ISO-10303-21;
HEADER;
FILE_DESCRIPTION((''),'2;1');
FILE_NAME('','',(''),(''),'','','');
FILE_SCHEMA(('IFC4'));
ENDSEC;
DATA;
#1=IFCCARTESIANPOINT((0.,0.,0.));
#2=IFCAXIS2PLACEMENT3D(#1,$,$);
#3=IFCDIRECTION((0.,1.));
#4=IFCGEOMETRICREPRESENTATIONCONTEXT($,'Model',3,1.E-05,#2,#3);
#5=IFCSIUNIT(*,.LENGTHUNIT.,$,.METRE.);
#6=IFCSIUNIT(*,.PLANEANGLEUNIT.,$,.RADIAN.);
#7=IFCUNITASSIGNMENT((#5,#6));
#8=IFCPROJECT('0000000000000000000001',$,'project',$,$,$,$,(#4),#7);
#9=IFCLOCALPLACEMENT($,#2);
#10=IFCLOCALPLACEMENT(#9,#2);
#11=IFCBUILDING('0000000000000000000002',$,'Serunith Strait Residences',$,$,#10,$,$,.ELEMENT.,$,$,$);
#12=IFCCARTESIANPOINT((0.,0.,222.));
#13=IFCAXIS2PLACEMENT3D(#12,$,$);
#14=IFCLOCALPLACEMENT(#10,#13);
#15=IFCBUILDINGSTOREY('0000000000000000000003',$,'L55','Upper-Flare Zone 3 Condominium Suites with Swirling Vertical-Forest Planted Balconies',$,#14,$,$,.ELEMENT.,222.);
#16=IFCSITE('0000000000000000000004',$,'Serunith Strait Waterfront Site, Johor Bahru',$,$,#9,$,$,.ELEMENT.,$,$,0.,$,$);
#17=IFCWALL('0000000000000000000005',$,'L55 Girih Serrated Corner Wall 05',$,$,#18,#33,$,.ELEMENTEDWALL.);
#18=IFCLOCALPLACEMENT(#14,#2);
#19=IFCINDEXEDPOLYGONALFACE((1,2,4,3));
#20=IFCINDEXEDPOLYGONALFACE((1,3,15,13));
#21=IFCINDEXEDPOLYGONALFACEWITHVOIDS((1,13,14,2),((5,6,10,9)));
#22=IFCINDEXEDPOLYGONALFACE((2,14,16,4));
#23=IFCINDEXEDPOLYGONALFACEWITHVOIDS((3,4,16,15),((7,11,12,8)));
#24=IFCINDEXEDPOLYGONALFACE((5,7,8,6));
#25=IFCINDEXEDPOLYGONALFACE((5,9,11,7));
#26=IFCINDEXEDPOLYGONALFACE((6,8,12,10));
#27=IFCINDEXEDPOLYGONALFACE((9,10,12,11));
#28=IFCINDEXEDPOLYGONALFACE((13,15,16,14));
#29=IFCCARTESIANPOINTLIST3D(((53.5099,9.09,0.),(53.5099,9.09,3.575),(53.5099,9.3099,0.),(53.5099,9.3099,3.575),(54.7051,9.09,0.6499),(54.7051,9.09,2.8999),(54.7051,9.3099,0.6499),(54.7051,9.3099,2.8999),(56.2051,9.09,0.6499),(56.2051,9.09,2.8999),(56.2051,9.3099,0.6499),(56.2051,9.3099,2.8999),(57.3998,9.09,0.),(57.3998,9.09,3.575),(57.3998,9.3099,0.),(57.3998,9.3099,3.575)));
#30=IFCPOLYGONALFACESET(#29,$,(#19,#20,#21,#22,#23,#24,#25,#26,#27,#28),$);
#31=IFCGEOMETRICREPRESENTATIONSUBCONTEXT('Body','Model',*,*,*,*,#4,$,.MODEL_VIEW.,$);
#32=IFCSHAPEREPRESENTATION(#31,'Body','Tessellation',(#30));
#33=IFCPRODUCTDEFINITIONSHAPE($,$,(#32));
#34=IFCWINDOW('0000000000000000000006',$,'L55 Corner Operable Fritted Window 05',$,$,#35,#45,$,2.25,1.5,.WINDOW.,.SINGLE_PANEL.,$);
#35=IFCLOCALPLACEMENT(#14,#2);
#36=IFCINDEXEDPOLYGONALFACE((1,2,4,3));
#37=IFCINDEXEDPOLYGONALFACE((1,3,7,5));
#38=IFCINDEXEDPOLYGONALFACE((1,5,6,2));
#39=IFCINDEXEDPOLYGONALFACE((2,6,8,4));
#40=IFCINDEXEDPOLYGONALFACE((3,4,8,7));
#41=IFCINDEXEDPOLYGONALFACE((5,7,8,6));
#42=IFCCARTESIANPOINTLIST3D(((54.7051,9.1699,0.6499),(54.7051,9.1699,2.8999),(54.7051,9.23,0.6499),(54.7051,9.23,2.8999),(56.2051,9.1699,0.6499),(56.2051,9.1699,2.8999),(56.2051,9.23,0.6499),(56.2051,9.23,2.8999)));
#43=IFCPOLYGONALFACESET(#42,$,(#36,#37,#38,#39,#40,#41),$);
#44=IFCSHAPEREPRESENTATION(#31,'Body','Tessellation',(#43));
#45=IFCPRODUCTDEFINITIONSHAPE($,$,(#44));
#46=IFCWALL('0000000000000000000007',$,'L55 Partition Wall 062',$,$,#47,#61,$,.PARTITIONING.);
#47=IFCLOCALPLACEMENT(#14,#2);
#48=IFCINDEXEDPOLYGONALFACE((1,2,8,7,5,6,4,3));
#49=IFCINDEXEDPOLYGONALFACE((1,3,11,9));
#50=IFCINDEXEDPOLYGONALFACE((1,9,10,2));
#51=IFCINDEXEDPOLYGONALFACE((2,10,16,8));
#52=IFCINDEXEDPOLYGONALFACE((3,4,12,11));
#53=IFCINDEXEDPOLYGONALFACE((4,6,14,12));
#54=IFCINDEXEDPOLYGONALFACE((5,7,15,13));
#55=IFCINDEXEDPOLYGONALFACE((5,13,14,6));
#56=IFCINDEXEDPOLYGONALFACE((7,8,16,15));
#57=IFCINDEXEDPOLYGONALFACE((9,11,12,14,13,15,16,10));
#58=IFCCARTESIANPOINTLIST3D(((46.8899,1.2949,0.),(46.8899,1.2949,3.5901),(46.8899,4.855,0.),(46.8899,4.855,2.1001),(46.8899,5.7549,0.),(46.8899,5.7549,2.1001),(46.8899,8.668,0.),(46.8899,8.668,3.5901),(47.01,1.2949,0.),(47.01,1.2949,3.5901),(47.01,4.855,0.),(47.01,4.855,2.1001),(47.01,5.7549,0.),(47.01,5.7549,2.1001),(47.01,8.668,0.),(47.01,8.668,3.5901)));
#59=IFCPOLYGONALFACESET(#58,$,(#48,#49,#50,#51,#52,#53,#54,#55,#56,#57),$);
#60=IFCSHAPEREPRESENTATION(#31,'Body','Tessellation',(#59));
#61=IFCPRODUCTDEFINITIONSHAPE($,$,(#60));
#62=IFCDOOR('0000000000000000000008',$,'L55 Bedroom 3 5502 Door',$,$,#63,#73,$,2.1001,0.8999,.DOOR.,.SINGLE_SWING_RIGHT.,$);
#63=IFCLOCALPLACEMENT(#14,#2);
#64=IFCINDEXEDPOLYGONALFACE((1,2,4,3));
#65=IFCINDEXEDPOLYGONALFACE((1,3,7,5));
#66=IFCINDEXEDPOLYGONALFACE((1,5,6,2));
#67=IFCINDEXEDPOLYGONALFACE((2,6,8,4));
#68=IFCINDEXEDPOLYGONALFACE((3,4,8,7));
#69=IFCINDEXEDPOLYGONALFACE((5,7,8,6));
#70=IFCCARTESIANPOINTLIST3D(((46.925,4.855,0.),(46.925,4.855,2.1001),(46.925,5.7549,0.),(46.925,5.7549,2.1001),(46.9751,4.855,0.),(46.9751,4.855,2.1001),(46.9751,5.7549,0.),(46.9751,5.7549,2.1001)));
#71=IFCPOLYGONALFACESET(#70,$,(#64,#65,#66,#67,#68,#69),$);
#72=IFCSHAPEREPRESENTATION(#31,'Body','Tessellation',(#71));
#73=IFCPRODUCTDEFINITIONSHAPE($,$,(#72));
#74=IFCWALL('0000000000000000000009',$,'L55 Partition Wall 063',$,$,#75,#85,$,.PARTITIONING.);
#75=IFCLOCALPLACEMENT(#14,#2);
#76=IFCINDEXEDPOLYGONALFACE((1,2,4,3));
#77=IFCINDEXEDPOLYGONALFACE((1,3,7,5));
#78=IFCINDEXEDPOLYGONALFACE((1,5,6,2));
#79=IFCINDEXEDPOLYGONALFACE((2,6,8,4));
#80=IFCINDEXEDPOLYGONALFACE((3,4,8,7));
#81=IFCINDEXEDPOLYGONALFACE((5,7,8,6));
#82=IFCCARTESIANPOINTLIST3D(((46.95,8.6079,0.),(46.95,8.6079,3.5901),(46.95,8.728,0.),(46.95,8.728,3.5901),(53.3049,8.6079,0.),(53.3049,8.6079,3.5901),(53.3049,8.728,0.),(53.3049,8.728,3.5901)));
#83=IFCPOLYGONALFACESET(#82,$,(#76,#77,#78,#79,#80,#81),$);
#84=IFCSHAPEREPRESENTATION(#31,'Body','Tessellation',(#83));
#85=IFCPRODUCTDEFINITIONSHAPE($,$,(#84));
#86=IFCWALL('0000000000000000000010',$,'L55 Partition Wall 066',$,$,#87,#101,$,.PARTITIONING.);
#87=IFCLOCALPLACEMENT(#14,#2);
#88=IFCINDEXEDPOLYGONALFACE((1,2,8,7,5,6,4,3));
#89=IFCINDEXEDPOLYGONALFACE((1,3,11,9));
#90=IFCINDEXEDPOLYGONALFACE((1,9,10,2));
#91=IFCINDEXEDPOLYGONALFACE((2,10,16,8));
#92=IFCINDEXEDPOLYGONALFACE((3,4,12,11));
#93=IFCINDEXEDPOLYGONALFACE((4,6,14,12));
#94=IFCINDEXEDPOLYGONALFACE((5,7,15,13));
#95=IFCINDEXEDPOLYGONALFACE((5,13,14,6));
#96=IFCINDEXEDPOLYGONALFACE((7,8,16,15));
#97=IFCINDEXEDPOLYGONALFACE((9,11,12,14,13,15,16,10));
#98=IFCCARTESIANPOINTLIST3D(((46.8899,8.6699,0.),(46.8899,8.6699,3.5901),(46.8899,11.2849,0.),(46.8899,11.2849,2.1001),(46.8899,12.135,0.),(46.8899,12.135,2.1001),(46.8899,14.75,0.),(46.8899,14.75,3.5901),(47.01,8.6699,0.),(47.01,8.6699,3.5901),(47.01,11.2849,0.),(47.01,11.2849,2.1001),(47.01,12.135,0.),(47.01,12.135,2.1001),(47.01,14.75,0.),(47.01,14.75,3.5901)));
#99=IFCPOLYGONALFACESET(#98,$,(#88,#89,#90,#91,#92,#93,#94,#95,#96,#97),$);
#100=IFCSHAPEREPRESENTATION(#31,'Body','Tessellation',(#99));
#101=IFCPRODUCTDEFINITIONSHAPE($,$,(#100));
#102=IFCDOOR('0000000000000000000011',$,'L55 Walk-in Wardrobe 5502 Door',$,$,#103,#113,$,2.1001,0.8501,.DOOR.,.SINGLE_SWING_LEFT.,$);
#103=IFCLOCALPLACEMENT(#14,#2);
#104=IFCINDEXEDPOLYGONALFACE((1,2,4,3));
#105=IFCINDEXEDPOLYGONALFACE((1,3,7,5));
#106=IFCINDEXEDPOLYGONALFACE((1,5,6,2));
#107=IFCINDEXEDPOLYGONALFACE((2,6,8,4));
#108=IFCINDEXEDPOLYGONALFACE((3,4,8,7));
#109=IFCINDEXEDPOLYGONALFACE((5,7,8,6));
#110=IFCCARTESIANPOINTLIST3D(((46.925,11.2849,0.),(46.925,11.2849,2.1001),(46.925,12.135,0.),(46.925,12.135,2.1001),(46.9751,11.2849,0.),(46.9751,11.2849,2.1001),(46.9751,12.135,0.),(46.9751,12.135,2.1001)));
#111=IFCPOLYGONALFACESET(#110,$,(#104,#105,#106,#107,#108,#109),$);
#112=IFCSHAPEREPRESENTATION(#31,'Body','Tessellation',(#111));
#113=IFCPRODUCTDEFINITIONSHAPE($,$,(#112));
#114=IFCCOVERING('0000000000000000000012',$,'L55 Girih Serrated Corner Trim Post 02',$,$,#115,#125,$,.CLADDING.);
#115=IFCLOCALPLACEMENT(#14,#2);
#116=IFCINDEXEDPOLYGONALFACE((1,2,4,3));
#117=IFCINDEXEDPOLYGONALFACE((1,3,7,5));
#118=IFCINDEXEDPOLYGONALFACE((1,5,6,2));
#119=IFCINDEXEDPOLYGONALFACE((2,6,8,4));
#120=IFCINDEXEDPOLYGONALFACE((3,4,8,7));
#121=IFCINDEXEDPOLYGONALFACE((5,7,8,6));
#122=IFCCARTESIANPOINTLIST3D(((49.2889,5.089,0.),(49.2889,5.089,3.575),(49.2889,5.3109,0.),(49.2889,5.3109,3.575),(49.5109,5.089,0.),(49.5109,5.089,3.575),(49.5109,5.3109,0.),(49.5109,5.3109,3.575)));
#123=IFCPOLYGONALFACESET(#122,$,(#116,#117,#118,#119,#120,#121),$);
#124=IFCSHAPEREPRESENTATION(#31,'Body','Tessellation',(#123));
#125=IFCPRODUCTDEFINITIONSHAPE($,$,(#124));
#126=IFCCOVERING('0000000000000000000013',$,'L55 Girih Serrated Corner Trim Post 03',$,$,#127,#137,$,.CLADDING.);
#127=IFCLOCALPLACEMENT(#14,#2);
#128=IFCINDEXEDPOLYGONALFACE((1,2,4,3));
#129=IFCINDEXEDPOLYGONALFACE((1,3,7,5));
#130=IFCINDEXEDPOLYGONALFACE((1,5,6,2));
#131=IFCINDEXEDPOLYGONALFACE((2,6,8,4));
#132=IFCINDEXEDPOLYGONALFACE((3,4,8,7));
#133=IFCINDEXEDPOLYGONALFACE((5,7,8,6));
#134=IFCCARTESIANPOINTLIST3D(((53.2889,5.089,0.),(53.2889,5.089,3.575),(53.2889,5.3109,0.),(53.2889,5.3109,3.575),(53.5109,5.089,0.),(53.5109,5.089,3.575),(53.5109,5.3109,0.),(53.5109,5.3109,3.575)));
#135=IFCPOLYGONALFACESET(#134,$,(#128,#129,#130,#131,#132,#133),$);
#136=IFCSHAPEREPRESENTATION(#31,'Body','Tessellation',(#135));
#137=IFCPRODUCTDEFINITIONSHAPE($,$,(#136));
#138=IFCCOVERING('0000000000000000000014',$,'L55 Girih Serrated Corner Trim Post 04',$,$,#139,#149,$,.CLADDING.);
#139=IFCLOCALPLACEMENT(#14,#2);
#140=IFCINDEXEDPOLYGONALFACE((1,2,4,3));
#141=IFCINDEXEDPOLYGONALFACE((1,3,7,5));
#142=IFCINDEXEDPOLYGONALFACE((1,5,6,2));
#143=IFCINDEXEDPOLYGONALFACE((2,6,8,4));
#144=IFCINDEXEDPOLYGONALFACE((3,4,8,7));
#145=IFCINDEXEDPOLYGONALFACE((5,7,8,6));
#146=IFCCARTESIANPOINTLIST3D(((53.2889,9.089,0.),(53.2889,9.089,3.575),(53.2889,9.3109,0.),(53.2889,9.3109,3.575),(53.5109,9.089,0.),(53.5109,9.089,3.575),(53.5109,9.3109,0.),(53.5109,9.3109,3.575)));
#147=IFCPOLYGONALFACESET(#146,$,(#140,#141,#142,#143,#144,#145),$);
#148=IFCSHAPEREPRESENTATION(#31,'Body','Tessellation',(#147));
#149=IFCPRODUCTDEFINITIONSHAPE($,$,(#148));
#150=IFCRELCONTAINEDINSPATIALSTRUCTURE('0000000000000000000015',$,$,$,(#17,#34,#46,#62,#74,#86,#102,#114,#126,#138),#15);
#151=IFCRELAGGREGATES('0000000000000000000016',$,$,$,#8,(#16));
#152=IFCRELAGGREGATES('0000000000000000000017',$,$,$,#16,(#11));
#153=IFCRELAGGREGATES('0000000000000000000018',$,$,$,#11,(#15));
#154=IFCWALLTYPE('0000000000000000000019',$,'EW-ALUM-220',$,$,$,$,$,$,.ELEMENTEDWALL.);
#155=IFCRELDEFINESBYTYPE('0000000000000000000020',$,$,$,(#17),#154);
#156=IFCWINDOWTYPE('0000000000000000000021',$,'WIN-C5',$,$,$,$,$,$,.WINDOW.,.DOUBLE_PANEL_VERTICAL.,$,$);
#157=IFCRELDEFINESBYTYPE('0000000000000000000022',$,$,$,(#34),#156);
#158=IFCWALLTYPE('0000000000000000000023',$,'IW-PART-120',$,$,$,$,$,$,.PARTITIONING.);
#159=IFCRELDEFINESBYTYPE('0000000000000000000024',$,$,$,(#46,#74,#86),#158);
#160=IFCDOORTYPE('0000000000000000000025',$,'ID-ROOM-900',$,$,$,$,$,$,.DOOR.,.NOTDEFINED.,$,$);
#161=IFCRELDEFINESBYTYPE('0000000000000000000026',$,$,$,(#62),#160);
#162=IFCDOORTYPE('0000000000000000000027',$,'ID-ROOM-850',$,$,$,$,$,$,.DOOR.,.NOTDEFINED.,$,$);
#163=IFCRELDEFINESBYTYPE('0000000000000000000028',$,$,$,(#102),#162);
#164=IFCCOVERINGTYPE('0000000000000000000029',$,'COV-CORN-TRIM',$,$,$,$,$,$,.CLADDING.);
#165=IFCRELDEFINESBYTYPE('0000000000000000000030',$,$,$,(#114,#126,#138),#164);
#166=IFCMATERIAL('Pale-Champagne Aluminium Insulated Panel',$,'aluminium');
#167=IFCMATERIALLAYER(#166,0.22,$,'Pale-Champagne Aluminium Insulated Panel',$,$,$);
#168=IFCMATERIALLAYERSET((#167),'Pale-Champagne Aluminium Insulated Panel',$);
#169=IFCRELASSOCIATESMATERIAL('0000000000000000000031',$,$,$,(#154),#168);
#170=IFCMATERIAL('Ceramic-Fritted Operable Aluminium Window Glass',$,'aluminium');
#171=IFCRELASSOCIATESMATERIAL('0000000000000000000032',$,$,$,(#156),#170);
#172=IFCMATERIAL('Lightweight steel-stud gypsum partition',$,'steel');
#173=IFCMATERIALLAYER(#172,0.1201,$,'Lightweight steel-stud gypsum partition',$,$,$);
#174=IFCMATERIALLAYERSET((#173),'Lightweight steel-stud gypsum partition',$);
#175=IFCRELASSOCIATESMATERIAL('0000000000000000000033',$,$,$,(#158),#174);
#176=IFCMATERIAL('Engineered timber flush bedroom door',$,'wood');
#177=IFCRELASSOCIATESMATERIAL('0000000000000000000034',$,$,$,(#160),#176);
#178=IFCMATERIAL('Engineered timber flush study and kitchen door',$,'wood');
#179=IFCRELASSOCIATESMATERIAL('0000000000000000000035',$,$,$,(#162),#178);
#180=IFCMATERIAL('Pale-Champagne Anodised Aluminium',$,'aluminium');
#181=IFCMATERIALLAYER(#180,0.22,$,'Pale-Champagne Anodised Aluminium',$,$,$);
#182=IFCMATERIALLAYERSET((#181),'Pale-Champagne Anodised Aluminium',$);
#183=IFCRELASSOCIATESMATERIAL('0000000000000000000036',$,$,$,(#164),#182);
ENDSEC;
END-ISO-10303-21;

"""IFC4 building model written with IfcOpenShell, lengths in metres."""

from ifc_helpers import new_model, si_unit, direction, frame, frame_2d, origin, origin_2d, place, context, subcontext, project, spatial, rectangle, extrude, source, transform, mapped, material, layer, layer_set, type_object, element, fill, save


model = new_model("IFC4")

# Units and contexts
model_context = context("Model", 3, precision=1e-05, world=origin(), true_north=direction((0.0, 1.0)))
body_context = subcontext(model_context, "Body", "Model", "MODEL_VIEW")
ifc_project = project(units=[si_unit("LENGTHUNIT", "METRE"), si_unit("PLANEANGLEUNIT", "RADIAN")], contexts=[model_context])

# Site, building, storey
site_placement = place(None, origin())
site = spatial("IfcSite", under=ifc_project, at=site_placement, Name="Serunith Strait Waterfront Site, Johor Bahru", CompositionType="ELEMENT", RefElevation=0.0)
building_placement = place(site_placement, origin())
building = spatial("IfcBuilding", under=site, at=building_placement, Name="Serunith Strait Residences", CompositionType="ELEMENT")
storey_placement = place(building_placement, frame((0.0, 0.0, 222.0)))
storey = spatial("IfcBuildingStorey", under=building, at=storey_placement, Name="L55", Description="Upper-Flare Zone 3 Condominium Suites with Swirling Vertical-Forest Planted Balconies", CompositionType="ELEMENT", Elevation=222.0)

# Shared definitions
ifc_material_1 = material(Name="Pale-Champagne Anodised Aluminium", Category="aluminium")

# Wall, opening, window
ifc_material_2 = material(Name="Pale-Champagne Aluminium Insulated Panel", Category="aluminium")
ifc_layer_1 = layer(ifc_material_2, 0.22, Name="Pale-Champagne Aluminium Insulated Panel")
ifc_layer_set_1 = layer_set([ifc_layer_1], Name="Pale-Champagne Aluminium Insulated Panel")
wall_type_1 = type_object("IfcWallType", Name="EW-ALUM-220", PredefinedType="ELEMENTEDWALL", material=ifc_layer_set_1)
ifc_material_3 = material(Name="Ceramic-Fritted Operable Aluminium Window Glass", Category="aluminium")
window_type = type_object("IfcWindowType", Name="WIN-C5", PartitioningType="DOUBLE_PANEL_VERTICAL", PredefinedType="WINDOW", material=ifc_material_3)
shared_shape_1 = source(origin(), body_context, "Body", "SweptSolid", [
    extrude(rectangle(XDim=1.5, YDim=2.25, at=frame_2d((0.75, 1.125))), frame((0.0, 0.03, 0.0), z_axis=(0.0, -1.0, 0.0), x_axis=(1.0, 0.0, 0.0)), (0.0, 0.0, 1.0), 0.0601),
])
wall_1_placement = place(storey_placement, frame((53.51, 9.2, 0.0), z_axis=(0.0, 0.0, 1.0), x_axis=(1.0, 0.0, 0.0)))
wall_1 = element("IfcWall", 1, at=wall_1_placement, inside=storey, type_object=wall_type_1, Name="L55 Girih Serrated Corner Wall 05", PredefinedType="ELEMENTEDWALL", context=body_context, shape_type="SweptSolid", body=[
    extrude(rectangle(XDim=3.8899, YDim=0.22, at=frame_2d((1.9448, 0.0))), origin(), (0.0, 0.0, 1.0), 3.575),
])
opening_1_placement = place(wall_1_placement, frame((1.1951, 0.0, 0.6499)))
opening_1 = element("IfcOpeningElement", 2, at=opening_1_placement, cuts=wall_1, PredefinedType="OPENING", context=body_context, shape_type="SweptSolid", body=[
    extrude(rectangle(XDim=1.5, YDim=2.25, at=frame_2d((0.75, 1.125))), frame((0.0, 0.1201, 0.0), z_axis=(0.0, -1.0, 0.0), x_axis=(1.0, 0.0, 0.0)), (0.0, 0.0, 1.0), 0.24),
])
window_1_placement = place(opening_1_placement, origin())
window_1 = element("IfcWindow", 3, at=window_1_placement, inside=storey, type_object=window_type, Name="L55 Corner Operable Fritted Window 05", OverallHeight=2.25, OverallWidth=1.5, PartitioningType="SINGLE_PANEL", PredefinedType="WINDOW", context=body_context, shape_type="MappedRepresentation", body=[
    mapped(shared_shape_1, transform((0.0, 0.0, 0.0), scale=1.0)),
])
fill(opening_1, window_1)

# Wall, opening, door
ifc_material_4 = material(Name="Lightweight steel-stud gypsum partition", Category="steel")
ifc_layer_2 = layer(ifc_material_4, 0.1201, Name="Lightweight steel-stud gypsum partition")
ifc_layer_set_2 = layer_set([ifc_layer_2], Name="Lightweight steel-stud gypsum partition")
wall_type_2 = type_object("IfcWallType", Name="IW-PART-120", PredefinedType="PARTITIONING", material=ifc_layer_set_2)
wall_2_placement = place(storey_placement, frame((46.95, 1.2949, 0.0), z_axis=(0.0, 0.0, 1.0), x_axis=(0.0, 1.0, 0.0)))
wall_2 = element("IfcWall", 4, at=wall_2_placement, inside=storey, type_object=wall_type_2, Name="L55 Partition Wall 062", PredefinedType="PARTITIONING", context=body_context, shape_type="SweptSolid", body=[
    extrude(rectangle(XDim=7.373, YDim=0.1201, at=frame_2d((3.6865, 0.0))), origin(), (0.0, 0.0, 1.0), 3.5901),
])
opening_2_placement = place(wall_2_placement, frame((3.5601, 0.0, 0.0)))
opening_2 = element("IfcOpeningElement", 5, at=opening_2_placement, cuts=wall_2, PredefinedType="OPENING", context=body_context, shape_type="SweptSolid", body=[
    extrude(rectangle(XDim=0.8999, YDim=2.1001, at=frame_2d((0.45, 1.05))), frame((0.0, 0.0701, 0.0), z_axis=(0.0, -1.0, 0.0), x_axis=(1.0, 0.0, 0.0)), (0.0, 0.0, 1.0), 0.1401),
])
ifc_material_5 = material(Name="Engineered timber flush bedroom door", Category="wood")
door_type_1 = type_object("IfcDoorType", Name="ID-ROOM-900", OperationType="NOTDEFINED", PredefinedType="DOOR", material=ifc_material_5)
shared_shape_2 = source(origin(), body_context, "Body", "SweptSolid", [
    extrude(rectangle(XDim=0.8999, YDim=2.1001, at=frame_2d((0.45, 1.05))), frame((0.0, 0.0249, 0.0), z_axis=(0.0, -1.0, 0.0), x_axis=(1.0, 0.0, 0.0)), (0.0, 0.0, 1.0), 0.05),
])
door_1_placement = place(opening_2_placement, origin())
door_1 = element("IfcDoor", 6, at=door_1_placement, inside=storey, type_object=door_type_1, Name="L55 Bedroom 3 5502 Door", OperationType="SINGLE_SWING_RIGHT", OverallHeight=2.1001, OverallWidth=0.8999, PredefinedType="DOOR", context=body_context, shape_type="MappedRepresentation", body=[
    mapped(shared_shape_2, transform((0.0, 0.0, 0.0), scale=1.0)),
])
fill(opening_2, door_1)

# Wall
wall_3_placement = place(storey_placement, frame((46.95, 8.668, 0.0), z_axis=(0.0, 0.0, 1.0), x_axis=(1.0, 0.0, 0.0)))
element("IfcWall", 7, at=wall_3_placement, inside=storey, type_object=wall_type_2, Name="L55 Partition Wall 063", PredefinedType="PARTITIONING", context=body_context, shape_type="SweptSolid", body=[
    extrude(rectangle(XDim=6.355, YDim=0.1201, at=frame_2d((3.1775, 0.0))), origin(), (0.0, 0.0, 1.0), 3.5901),
])

# Wall, opening, door
wall_4_placement = place(storey_placement, frame((46.95, 8.6699, 0.0), z_axis=(0.0, 0.0, 1.0), x_axis=(0.0, 1.0, 0.0)))
wall_4 = element("IfcWall", 8, at=wall_4_placement, inside=storey, type_object=wall_type_2, Name="L55 Partition Wall 066", PredefinedType="PARTITIONING", context=body_context, shape_type="SweptSolid", body=[
    extrude(rectangle(XDim=6.0801, YDim=0.1201, at=frame_2d((3.04, 0.0))), origin(), (0.0, 0.0, 1.0), 3.5901),
])
opening_3_placement = place(wall_4_placement, frame((2.615, 0.0, 0.0)))
opening_3 = element("IfcOpeningElement", 9, at=opening_3_placement, cuts=wall_4, PredefinedType="OPENING", context=body_context, shape_type="SweptSolid", body=[
    extrude(rectangle(XDim=0.8501, YDim=2.1001, at=frame_2d((0.425, 1.05))), frame((0.0, 0.0701, 0.0), z_axis=(0.0, -1.0, 0.0), x_axis=(1.0, 0.0, 0.0)), (0.0, 0.0, 1.0), 0.1401),
])
ifc_material_6 = material(Name="Engineered timber flush study and kitchen door", Category="wood")
door_type_2 = type_object("IfcDoorType", Name="ID-ROOM-850", OperationType="NOTDEFINED", PredefinedType="DOOR", material=ifc_material_6)
shared_shape_3 = source(origin(), body_context, "Body", "SweptSolid", [
    extrude(rectangle(XDim=0.8501, YDim=2.1001, at=frame_2d((0.425, 1.05))), frame((0.0, 0.0249, 0.0), z_axis=(0.0, -1.0, 0.0), x_axis=(1.0, 0.0, 0.0)), (0.0, 0.0, 1.0), 0.05),
])
door_2_placement = place(opening_3_placement, origin())
door_2 = element("IfcDoor", 10, at=door_2_placement, inside=storey, type_object=door_type_2, Name="L55 Walk-in Wardrobe 5502 Door", OperationType="SINGLE_SWING_LEFT", OverallHeight=2.1001, OverallWidth=0.8501, PredefinedType="DOOR", context=body_context, shape_type="MappedRepresentation", body=[
    mapped(shared_shape_3, transform((0.0, 0.0, 0.0), scale=1.0)),
])
fill(opening_3, door_2)

# Coverings
ifc_layer_3 = layer(ifc_material_1, 0.22, Name="Pale-Champagne Anodised Aluminium")
ifc_layer_set_3 = layer_set([ifc_layer_3], Name="Pale-Champagne Anodised Aluminium")
covering_type = type_object("IfcCoveringType", Name="COV-CORN-TRIM", PredefinedType="CLADDING", material=ifc_layer_set_3)
shared_shape_4 = source(origin(), body_context, "Body", "SweptSolid", [
    extrude(rectangle(XDim=0.2219, YDim=0.2219, at=origin_2d()), origin(), (0.0, 0.0, 1.0), 3.575),
])
for number, where, z_axis, x_axis, name in (
    (11, (49.3999, 5.2, 0.0), (0.0, 0.0, 1.0), (1.0, 0.0, 0.0), "L55 Girih Serrated Corner Trim Post 02"),
    (12, (53.3999, 5.2, 0.0), (0.0, 0.0, 1.0), (1.0, 0.0, 0.0), "L55 Girih Serrated Corner Trim Post 03"),
    (13, (53.3999, 9.2, 0.0), (0.0, 0.0, 1.0), (1.0, 0.0, 0.0), "L55 Girih Serrated Corner Trim Post 04"),
):
    element("IfcCovering", number, at=place(storey_placement, frame(where, z_axis=z_axis, x_axis=x_axis)), inside=storey, type_object=covering_type, Name=name, PredefinedType="CLADDING", context=body_context, shape_type="MappedRepresentation", body=[
        mapped(shared_shape_4, transform((0.0, 0.0, 0.0), scale=1.0)),
    ])

save(model, "model.ifc")
